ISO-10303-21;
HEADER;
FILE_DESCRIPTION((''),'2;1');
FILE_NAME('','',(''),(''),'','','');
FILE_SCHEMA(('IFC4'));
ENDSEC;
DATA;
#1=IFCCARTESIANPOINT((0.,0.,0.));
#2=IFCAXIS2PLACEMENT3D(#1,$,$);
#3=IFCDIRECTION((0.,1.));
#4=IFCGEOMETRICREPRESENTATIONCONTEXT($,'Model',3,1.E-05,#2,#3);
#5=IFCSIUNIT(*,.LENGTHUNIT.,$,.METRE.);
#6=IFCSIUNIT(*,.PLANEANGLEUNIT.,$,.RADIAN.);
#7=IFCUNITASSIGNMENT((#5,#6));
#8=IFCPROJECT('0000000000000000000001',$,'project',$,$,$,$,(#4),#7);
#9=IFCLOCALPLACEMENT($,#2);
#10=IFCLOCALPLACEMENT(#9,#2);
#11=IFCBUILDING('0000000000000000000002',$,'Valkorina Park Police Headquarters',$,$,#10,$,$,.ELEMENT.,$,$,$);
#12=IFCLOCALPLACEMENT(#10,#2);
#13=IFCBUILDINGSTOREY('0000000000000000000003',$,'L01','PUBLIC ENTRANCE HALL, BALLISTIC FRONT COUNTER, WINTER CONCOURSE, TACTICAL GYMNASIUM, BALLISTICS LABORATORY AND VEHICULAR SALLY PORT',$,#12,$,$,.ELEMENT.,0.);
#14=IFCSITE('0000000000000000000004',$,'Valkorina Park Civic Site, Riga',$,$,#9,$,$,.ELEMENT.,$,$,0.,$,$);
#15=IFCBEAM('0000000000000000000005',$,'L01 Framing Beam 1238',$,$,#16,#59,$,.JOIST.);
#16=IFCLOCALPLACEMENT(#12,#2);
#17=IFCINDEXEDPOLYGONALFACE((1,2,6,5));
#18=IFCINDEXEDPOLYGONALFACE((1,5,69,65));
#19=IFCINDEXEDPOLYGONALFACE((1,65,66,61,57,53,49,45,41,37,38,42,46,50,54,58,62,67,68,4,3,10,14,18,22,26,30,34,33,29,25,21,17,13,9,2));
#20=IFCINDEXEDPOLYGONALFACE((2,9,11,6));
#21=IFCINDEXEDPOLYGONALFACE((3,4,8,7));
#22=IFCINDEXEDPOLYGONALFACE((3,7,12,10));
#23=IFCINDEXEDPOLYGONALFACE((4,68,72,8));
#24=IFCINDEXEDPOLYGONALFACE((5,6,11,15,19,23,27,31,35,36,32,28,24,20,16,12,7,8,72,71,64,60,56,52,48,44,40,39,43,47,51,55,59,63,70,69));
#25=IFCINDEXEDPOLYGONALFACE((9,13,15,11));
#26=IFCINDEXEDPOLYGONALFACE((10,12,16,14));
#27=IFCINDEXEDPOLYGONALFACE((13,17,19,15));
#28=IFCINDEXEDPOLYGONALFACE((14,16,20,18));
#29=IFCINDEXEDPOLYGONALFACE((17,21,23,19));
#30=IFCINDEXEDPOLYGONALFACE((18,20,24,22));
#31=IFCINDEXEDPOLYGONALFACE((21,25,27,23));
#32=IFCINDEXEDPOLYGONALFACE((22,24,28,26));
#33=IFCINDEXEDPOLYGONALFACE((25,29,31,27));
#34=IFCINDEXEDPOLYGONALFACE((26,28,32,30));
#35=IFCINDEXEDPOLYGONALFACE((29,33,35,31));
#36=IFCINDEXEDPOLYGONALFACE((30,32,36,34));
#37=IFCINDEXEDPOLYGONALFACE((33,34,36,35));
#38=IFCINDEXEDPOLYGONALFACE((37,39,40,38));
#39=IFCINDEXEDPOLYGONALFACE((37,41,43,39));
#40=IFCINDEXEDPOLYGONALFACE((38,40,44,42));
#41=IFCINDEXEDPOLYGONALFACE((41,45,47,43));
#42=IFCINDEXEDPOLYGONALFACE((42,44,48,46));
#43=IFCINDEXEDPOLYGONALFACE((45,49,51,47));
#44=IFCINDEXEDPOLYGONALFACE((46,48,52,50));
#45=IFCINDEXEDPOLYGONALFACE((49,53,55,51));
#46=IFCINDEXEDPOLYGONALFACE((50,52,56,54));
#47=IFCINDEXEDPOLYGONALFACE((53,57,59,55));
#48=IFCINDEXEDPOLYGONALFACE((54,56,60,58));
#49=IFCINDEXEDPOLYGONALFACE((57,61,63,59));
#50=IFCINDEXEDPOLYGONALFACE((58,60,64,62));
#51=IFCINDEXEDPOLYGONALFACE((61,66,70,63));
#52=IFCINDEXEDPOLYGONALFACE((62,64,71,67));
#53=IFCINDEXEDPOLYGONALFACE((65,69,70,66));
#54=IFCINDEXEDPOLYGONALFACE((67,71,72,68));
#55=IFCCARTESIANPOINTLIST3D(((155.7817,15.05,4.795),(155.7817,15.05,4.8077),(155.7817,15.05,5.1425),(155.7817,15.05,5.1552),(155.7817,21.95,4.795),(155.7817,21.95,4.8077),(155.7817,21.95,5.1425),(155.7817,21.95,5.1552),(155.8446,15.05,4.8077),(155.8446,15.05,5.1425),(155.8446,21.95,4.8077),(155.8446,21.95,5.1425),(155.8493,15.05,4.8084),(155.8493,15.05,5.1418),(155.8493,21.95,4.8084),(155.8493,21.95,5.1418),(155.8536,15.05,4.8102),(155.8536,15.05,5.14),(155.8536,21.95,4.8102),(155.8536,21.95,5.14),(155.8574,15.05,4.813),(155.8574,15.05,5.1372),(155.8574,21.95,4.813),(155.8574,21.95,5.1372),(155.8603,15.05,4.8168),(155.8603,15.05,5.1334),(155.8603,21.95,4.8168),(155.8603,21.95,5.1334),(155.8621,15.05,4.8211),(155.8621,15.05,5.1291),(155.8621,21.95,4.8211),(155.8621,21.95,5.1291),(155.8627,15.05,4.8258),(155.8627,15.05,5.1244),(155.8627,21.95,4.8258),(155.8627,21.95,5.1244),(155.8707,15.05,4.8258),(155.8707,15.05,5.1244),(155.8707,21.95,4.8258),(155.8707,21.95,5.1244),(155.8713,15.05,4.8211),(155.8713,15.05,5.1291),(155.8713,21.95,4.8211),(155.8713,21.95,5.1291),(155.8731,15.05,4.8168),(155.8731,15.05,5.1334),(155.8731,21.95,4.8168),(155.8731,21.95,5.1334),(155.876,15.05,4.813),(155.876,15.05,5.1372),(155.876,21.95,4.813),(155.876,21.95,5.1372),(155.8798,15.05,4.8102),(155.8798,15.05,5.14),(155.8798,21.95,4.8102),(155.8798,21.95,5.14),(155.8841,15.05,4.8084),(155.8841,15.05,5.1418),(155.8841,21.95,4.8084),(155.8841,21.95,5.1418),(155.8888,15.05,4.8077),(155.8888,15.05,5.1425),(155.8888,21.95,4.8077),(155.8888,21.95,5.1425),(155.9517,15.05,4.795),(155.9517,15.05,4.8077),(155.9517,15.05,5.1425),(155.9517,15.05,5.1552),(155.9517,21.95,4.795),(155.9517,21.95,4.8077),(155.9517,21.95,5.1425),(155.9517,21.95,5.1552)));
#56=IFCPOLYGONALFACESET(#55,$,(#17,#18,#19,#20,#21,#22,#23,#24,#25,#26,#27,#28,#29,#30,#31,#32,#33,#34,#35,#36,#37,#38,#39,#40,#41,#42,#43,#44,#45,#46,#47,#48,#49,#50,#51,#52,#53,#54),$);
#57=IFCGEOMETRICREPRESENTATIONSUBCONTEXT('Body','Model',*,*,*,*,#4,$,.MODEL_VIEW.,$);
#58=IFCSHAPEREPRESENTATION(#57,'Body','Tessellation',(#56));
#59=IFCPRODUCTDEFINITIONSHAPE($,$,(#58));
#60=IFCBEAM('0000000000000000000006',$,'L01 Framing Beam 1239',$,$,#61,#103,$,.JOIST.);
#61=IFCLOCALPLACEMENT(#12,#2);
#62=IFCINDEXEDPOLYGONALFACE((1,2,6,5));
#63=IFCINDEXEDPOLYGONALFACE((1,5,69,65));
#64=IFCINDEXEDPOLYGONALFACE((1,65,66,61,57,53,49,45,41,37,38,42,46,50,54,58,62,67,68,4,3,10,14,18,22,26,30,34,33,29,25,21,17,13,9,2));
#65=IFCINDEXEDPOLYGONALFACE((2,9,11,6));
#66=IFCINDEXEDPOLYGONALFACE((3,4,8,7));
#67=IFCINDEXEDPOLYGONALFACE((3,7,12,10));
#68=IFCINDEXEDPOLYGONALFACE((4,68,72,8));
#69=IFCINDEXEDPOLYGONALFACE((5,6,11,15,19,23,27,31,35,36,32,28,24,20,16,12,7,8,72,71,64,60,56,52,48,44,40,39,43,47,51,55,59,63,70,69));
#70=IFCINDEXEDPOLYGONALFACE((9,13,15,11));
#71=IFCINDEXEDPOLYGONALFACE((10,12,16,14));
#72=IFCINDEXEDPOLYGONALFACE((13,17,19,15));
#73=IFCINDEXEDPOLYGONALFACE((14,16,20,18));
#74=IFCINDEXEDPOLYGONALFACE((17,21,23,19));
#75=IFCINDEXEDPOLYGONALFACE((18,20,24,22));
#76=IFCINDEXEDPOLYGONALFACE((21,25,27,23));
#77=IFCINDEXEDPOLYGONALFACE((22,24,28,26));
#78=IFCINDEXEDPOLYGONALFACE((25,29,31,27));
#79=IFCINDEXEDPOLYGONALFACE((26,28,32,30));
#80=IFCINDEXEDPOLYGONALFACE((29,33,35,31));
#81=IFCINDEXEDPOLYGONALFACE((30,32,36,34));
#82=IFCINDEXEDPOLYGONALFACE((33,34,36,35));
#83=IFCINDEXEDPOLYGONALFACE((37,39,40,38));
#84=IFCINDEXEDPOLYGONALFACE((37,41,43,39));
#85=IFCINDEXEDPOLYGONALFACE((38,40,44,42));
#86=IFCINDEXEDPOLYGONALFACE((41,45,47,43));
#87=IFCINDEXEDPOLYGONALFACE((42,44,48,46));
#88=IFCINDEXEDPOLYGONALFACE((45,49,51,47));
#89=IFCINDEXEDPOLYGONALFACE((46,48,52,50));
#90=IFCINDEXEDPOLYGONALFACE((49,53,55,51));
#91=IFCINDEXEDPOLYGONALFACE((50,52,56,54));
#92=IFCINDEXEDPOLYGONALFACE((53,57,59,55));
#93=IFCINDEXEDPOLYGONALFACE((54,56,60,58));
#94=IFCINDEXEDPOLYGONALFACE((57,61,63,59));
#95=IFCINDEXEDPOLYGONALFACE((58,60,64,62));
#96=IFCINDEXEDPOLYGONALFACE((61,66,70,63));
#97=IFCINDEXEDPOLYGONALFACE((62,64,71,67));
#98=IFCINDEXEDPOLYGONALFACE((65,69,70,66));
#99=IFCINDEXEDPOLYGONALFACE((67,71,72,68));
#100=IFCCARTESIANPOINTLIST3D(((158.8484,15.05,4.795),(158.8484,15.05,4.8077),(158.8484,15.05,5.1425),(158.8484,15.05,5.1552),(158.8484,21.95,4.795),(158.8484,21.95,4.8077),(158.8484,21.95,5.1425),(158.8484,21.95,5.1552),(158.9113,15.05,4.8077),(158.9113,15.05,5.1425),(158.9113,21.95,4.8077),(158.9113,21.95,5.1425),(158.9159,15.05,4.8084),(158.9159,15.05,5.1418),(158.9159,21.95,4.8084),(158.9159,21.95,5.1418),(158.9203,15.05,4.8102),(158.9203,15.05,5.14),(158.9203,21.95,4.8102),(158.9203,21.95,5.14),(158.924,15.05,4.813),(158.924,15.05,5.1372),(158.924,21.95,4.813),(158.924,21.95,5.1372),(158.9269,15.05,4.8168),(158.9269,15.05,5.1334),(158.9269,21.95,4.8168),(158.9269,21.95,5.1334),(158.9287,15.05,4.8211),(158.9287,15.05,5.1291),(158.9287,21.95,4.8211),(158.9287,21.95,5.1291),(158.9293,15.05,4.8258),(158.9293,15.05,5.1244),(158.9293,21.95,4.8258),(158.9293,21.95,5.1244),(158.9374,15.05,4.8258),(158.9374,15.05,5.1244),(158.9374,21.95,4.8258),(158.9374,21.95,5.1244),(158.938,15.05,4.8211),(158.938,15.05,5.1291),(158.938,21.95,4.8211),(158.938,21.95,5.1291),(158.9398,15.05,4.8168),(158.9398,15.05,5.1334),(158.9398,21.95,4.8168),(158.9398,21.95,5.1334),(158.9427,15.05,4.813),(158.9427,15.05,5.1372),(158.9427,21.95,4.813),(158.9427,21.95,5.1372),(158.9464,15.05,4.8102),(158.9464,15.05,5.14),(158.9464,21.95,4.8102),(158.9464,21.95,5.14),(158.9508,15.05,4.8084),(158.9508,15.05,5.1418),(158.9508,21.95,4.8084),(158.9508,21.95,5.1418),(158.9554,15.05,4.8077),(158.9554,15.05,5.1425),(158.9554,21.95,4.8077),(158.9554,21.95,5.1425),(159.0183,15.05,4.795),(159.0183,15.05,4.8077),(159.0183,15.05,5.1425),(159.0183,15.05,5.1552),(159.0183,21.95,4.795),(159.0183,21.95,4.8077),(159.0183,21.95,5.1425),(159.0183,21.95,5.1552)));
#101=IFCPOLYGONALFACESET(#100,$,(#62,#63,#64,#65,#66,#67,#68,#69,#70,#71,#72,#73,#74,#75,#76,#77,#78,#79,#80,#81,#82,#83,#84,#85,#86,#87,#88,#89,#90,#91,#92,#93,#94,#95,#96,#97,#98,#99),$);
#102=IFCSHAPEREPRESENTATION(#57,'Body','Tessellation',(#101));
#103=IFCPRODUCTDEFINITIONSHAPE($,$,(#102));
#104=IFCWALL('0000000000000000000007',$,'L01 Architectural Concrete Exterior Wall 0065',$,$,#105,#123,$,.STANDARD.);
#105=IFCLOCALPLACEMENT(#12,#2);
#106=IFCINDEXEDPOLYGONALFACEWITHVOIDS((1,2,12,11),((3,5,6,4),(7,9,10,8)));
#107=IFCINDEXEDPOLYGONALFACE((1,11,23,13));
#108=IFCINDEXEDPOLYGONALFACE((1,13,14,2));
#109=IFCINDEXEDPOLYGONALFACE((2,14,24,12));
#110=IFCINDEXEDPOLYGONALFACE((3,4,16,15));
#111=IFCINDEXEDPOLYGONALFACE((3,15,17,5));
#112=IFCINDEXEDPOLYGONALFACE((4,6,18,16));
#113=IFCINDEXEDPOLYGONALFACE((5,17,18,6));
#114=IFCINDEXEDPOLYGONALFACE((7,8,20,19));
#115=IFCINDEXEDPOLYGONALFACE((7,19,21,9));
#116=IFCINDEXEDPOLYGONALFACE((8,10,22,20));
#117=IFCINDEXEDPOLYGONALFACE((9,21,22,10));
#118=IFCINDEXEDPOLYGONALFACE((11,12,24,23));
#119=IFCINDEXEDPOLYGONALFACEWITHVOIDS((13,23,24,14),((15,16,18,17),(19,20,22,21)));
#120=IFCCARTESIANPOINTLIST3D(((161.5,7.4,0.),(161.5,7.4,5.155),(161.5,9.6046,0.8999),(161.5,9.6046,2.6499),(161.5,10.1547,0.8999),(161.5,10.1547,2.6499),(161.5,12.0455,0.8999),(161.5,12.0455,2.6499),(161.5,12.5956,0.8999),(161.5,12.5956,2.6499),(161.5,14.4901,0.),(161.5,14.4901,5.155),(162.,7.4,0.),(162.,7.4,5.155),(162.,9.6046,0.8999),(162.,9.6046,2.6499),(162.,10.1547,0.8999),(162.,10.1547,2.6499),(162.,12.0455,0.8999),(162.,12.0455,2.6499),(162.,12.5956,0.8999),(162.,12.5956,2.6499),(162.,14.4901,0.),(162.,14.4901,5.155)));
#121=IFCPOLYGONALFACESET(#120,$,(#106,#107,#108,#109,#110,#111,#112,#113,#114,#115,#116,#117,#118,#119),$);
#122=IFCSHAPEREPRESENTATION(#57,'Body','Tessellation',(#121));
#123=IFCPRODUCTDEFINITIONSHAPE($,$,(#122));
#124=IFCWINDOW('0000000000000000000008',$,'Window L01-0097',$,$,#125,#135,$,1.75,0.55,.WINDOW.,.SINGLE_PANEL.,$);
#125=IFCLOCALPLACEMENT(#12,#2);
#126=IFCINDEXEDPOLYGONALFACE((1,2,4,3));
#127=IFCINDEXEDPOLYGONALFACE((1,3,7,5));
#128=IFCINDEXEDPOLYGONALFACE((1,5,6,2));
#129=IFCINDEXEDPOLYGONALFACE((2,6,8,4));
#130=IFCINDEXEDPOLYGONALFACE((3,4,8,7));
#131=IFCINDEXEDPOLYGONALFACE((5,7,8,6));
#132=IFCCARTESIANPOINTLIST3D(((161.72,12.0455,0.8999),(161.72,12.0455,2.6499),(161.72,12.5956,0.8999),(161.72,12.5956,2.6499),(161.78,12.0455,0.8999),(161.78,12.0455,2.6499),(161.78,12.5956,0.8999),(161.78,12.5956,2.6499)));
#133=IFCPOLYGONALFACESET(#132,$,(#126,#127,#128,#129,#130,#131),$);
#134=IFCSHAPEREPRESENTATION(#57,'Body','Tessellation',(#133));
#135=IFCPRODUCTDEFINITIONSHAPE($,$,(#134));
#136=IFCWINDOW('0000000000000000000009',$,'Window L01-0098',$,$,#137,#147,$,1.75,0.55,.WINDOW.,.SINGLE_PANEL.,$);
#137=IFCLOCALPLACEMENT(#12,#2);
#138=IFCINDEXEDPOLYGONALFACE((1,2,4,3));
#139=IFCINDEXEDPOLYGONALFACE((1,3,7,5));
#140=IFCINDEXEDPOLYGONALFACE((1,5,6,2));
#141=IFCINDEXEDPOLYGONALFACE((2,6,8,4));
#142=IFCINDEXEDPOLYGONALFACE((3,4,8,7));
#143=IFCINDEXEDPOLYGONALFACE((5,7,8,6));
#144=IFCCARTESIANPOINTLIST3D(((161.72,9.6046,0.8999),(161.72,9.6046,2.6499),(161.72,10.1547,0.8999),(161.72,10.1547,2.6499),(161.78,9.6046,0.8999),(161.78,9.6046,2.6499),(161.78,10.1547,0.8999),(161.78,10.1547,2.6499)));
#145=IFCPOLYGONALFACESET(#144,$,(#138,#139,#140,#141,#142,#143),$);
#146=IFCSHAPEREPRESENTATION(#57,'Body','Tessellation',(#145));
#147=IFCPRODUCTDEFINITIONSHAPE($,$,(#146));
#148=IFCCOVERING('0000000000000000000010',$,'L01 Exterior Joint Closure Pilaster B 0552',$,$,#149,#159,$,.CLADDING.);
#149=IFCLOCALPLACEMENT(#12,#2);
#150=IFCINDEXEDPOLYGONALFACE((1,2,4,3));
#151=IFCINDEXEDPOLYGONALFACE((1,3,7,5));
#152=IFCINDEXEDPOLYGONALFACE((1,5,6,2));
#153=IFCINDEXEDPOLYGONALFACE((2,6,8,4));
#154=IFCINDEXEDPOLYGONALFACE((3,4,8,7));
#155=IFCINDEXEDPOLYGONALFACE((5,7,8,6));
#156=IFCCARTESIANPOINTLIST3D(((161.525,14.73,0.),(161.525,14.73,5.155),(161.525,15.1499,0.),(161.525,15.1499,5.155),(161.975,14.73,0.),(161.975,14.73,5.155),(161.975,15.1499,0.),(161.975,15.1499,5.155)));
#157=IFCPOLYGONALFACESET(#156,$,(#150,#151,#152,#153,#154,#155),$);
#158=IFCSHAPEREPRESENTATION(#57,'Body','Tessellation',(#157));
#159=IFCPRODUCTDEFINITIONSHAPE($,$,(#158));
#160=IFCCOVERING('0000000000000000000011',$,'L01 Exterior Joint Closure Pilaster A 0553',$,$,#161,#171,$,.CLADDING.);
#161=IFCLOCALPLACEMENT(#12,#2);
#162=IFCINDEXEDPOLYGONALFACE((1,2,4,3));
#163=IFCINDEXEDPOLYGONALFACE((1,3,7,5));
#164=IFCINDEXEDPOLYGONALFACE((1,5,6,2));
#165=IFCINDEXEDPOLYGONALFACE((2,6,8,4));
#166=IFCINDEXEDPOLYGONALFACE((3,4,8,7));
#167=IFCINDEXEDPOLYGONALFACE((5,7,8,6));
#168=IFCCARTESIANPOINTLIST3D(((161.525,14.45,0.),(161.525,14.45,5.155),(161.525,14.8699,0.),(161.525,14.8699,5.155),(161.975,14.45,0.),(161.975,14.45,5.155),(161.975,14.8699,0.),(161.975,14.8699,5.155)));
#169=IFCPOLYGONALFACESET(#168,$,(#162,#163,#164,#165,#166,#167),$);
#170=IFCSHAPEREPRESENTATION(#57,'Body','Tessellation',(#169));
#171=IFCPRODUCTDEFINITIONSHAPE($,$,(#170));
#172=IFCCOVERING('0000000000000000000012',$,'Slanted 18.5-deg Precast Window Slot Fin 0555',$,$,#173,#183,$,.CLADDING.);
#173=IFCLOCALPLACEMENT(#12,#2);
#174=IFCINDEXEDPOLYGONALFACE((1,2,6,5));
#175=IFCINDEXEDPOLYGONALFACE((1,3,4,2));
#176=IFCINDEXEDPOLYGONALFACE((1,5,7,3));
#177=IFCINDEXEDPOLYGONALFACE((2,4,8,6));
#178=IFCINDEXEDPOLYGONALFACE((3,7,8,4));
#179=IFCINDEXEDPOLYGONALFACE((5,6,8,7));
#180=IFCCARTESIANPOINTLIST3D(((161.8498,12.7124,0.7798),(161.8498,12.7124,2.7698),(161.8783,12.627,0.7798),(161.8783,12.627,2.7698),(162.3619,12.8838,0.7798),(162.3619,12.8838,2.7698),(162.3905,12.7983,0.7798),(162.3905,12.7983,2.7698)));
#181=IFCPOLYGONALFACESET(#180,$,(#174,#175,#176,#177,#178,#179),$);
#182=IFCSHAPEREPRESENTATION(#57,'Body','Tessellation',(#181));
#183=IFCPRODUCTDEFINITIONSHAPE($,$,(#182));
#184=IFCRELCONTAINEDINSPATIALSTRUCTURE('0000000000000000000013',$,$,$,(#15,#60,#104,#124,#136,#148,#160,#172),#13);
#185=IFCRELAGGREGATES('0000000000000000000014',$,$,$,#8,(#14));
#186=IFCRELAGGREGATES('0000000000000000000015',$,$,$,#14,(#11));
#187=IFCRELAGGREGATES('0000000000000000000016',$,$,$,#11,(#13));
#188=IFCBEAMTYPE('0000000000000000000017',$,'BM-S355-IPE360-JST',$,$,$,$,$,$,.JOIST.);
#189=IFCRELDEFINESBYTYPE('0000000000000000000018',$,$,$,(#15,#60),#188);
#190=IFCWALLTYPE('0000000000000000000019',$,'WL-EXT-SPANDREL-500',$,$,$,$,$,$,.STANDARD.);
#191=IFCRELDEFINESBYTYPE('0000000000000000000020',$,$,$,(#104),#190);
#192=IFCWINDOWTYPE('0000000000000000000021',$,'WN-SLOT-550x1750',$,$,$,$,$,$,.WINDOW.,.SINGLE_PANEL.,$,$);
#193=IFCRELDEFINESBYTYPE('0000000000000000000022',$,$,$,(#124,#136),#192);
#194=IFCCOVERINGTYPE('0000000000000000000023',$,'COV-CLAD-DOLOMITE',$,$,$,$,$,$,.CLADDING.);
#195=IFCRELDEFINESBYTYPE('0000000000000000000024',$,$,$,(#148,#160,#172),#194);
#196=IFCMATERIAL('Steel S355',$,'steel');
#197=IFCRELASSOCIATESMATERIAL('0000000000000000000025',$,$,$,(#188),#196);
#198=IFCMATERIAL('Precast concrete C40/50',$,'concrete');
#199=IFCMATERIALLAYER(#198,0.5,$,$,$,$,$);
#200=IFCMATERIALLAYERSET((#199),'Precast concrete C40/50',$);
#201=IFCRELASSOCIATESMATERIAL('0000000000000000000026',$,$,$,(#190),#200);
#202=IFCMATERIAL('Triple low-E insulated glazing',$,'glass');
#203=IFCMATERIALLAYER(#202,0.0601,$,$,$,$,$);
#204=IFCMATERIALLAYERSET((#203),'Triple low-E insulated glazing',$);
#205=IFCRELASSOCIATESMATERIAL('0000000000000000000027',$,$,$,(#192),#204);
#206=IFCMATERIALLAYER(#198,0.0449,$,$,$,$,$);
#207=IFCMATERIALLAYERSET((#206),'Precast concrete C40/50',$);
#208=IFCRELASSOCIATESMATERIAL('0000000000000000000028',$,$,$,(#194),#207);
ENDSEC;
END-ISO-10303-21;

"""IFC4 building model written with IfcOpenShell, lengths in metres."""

from ifc_helpers import new_model, si_unit, direction, frame, frame_2d, origin, origin_2d, place, context, subcontext, project, spatial, rectangle, i_section, extrude, material, layer, layer_set, material_profile, profile_set, type_object, element, fill, save


model = new_model("IFC4")

# Units and contexts
model_context = context("Model", 3, precision=1e-05, world=origin(), true_north=direction((0.0, 1.0)))
body_context = subcontext(model_context, "Body", "Model", "MODEL_VIEW")
ifc_project = project(units=[si_unit("LENGTHUNIT", "METRE"), si_unit("PLANEANGLEUNIT", "RADIAN")], contexts=[model_context])

# Site, building, storey
site_placement = place(None, origin())
site = spatial("IfcSite", under=ifc_project, at=site_placement, Name="Valkorina Park Civic Site, Riga", CompositionType="ELEMENT", RefElevation=0.0)
building_placement = place(site_placement, origin())
building = spatial("IfcBuilding", under=site, at=building_placement, Name="Valkorina Park Police Headquarters", CompositionType="ELEMENT")
storey_placement = place(building_placement, origin())
storey = spatial("IfcBuildingStorey", under=building, at=storey_placement, Name="L01", Description="PUBLIC ENTRANCE HALL, BALLISTIC FRONT COUNTER, WINTER CONCOURSE, TACTICAL GYMNASIUM, BALLISTICS LABORATORY AND VEHICULAR SALLY PORT", CompositionType="ELEMENT", Elevation=0.0)

# Beams
ifc_material_1 = material(Name="Steel S355", Category="steel")
ifc_material_profile_1 = material_profile(ifc_material_1, i_section(OverallWidth=0.1699, OverallDepth=0.3601, WebThickness=0.0081, FlangeThickness=0.0127, FilletRadius=0.0181, at=origin_2d()), Name="IPE 360")
ifc_profile_set_1 = profile_set([ifc_material_profile_1], Name="Steel S355")
beam_type_1 = type_object("IfcBeamType", Name="BM-S355-IPE360-JST", PredefinedType="JOIST", material=ifc_profile_set_1)
for number, where, z_axis, x_axis, name in (
    (1, (155.8667, 15.05, 4.9751), (0.0, 1.0, 0.0), (-1.0, 0.0, 0.0), "L01 Framing Beam 1238"),
    (2, (158.9333, 15.05, 4.9751), (0.0, 1.0, 0.0), (-1.0, 0.0, 0.0), "L01 Framing Beam 1239"),
):
    element("IfcBeam", number, at=place(storey_placement, frame(where, z_axis=z_axis, x_axis=x_axis)), inside=storey, type_object=beam_type_1, Name=name, PredefinedType="JOIST", context=body_context, shape_type="SweptSolid", body=[
        extrude(i_section(OverallWidth=0.1699, OverallDepth=0.3601, WebThickness=0.0081, FlangeThickness=0.0127, FilletRadius=0.0181, at=origin_2d()), origin(), (0.0, 0.0, 1.0), 6.8999),
    ])

# Wall, openings, windows
ifc_material_2 = material(Name="Precast concrete C40/50", Category="concrete")
ifc_layer_1 = layer(ifc_material_2, 0.5)
ifc_layer_set_1 = layer_set([ifc_layer_1], Name="Precast concrete C40/50")
wall_type = type_object("IfcWallType", Name="WL-EXT-SPANDREL-500", PredefinedType="STANDARD", material=ifc_layer_set_1)
wall_placement = place(storey_placement, frame((161.75, 14.49, 0.0), z_axis=(0.0, 0.0, 1.0), x_axis=(0.0, -1.0, 0.0)))
wall = element("IfcWall", 3, at=wall_placement, inside=storey, type_object=wall_type, Name="L01 Architectural Concrete Exterior Wall 0065", PredefinedType="STANDARD", context=body_context, shape_type="SweptSolid", body=[
    extrude(rectangle(XDim=7.0901, YDim=0.5, at=frame_2d((3.5449, 0.0))), origin(), (0.0, 0.0, 1.0), 5.155),
])
opening_1_placement = place(wall_placement, frame((1.8945, 0.0, 0.8999)))
opening_1 = element("IfcOpeningElement", 4, at=opening_1_placement, cuts=wall, PredefinedType="OPENING", context=body_context, shape_type="SweptSolid", body=[
    extrude(rectangle(XDim=0.55, YDim=1.75, at=frame_2d((0.2749, 0.875))), frame((0.0, 0.26, 0.0), z_axis=(0.0, -1.0, 0.0), x_axis=(1.0, 0.0, 0.0)), (0.0, 0.0, 1.0), 0.52),
])
opening_2_placement = place(wall_placement, frame((4.3354, 0.0, 0.8999)))
opening_2 = element("IfcOpeningElement", 5, at=opening_2_placement, cuts=wall, PredefinedType="OPENING", context=body_context, shape_type="SweptSolid", body=[
    extrude(rectangle(XDim=0.55, YDim=1.75, at=frame_2d((0.2749, 0.875))), frame((0.0, 0.26, 0.0), z_axis=(0.0, -1.0, 0.0), x_axis=(1.0, 0.0, 0.0)), (0.0, 0.0, 1.0), 0.52),
])
ifc_material_3 = material(Name="Triple low-E insulated glazing", Category="glass")
ifc_layer_2 = layer(ifc_material_3, 0.0601)
ifc_layer_set_2 = layer_set([ifc_layer_2], Name="Triple low-E insulated glazing")
window_type = type_object("IfcWindowType", Name="WN-SLOT-550x1750", PartitioningType="SINGLE_PANEL", PredefinedType="WINDOW", material=ifc_layer_set_2)
window_1_placement = place(opening_1_placement, origin())
window_1 = element("IfcWindow", 6, at=window_1_placement, inside=storey, type_object=window_type, Name="Window L01-0097", OverallHeight=1.75, OverallWidth=0.55, PartitioningType="SINGLE_PANEL", PredefinedType="WINDOW", context=body_context, shape_type="SweptSolid", body=[
    extrude(rectangle(XDim=0.55, YDim=1.75, at=frame_2d((0.2749, 0.875))), frame((0.0, 0.03, 0.0), z_axis=(0.0, -1.0, 0.0), x_axis=(1.0, 0.0, 0.0)), (0.0, 0.0, 1.0), 0.0601),
])
fill(opening_1, window_1)
window_2_placement = place(opening_2_placement, origin())
window_2 = element("IfcWindow", 7, at=window_2_placement, inside=storey, type_object=window_type, Name="Window L01-0098", OverallHeight=1.75, OverallWidth=0.55, PartitioningType="SINGLE_PANEL", PredefinedType="WINDOW", context=body_context, shape_type="SweptSolid", body=[
    extrude(rectangle(XDim=0.55, YDim=1.75, at=frame_2d((0.2749, 0.875))), frame((0.0, 0.03, 0.0), z_axis=(0.0, -1.0, 0.0), x_axis=(1.0, 0.0, 0.0)), (0.0, 0.0, 1.0), 0.0601),
])
fill(opening_2, window_2)

# Coverings
ifc_layer_3 = layer(ifc_material_2, 0.0449)
ifc_layer_set_3 = layer_set([ifc_layer_3], Name="Precast concrete C40/50")
covering_type = type_object("IfcCoveringType", Name="COV-CLAD-DOLOMITE", PredefinedType="CLADDING", material=ifc_layer_set_3)
for number, where, z_axis, x_axis, name in (
    (8, (161.75, 14.9399, 0.0), (0.0, 0.0, 1.0), (0.0, 1.0, 0.0), "L01 Exterior Joint Closure Pilaster B 0552"),
    (9, (161.75, 14.6599, 0.0), (0.0, 0.0, 1.0), (0.0, 1.0, 0.0), "L01 Exterior Joint Closure Pilaster A 0553"),
):
    element("IfcCovering", number, at=place(storey_placement, frame(where, z_axis=z_axis, x_axis=x_axis)), inside=storey, type_object=covering_type, Name=name, PredefinedType="CLADDING", context=body_context, shape_type="SweptSolid", body=[
        extrude(rectangle(XDim=0.4199, YDim=0.45, at=origin_2d()), origin(), (0.0, 0.0, 1.0), 5.155),
    ])
covering_1_placement = place(storey_placement, frame((162.1201, 12.7554, 0.7798), z_axis=(0.0, 0.0, 1.0), x_axis=(0.948324, 0.317305, 0.0)))
element("IfcCovering", 10, at=covering_1_placement, inside=storey, type_object=covering_type, Name="Slanted 18.5-deg Precast Window Slot Fin 0555", PredefinedType="CLADDING", context=body_context, shape_type="SweptSolid", body=[
    extrude(rectangle(XDim=0.54, YDim=0.0901, at=origin_2d()), origin(), (0.0, 0.0, 1.0), 1.99),
])

save(model, "model.ifc")
